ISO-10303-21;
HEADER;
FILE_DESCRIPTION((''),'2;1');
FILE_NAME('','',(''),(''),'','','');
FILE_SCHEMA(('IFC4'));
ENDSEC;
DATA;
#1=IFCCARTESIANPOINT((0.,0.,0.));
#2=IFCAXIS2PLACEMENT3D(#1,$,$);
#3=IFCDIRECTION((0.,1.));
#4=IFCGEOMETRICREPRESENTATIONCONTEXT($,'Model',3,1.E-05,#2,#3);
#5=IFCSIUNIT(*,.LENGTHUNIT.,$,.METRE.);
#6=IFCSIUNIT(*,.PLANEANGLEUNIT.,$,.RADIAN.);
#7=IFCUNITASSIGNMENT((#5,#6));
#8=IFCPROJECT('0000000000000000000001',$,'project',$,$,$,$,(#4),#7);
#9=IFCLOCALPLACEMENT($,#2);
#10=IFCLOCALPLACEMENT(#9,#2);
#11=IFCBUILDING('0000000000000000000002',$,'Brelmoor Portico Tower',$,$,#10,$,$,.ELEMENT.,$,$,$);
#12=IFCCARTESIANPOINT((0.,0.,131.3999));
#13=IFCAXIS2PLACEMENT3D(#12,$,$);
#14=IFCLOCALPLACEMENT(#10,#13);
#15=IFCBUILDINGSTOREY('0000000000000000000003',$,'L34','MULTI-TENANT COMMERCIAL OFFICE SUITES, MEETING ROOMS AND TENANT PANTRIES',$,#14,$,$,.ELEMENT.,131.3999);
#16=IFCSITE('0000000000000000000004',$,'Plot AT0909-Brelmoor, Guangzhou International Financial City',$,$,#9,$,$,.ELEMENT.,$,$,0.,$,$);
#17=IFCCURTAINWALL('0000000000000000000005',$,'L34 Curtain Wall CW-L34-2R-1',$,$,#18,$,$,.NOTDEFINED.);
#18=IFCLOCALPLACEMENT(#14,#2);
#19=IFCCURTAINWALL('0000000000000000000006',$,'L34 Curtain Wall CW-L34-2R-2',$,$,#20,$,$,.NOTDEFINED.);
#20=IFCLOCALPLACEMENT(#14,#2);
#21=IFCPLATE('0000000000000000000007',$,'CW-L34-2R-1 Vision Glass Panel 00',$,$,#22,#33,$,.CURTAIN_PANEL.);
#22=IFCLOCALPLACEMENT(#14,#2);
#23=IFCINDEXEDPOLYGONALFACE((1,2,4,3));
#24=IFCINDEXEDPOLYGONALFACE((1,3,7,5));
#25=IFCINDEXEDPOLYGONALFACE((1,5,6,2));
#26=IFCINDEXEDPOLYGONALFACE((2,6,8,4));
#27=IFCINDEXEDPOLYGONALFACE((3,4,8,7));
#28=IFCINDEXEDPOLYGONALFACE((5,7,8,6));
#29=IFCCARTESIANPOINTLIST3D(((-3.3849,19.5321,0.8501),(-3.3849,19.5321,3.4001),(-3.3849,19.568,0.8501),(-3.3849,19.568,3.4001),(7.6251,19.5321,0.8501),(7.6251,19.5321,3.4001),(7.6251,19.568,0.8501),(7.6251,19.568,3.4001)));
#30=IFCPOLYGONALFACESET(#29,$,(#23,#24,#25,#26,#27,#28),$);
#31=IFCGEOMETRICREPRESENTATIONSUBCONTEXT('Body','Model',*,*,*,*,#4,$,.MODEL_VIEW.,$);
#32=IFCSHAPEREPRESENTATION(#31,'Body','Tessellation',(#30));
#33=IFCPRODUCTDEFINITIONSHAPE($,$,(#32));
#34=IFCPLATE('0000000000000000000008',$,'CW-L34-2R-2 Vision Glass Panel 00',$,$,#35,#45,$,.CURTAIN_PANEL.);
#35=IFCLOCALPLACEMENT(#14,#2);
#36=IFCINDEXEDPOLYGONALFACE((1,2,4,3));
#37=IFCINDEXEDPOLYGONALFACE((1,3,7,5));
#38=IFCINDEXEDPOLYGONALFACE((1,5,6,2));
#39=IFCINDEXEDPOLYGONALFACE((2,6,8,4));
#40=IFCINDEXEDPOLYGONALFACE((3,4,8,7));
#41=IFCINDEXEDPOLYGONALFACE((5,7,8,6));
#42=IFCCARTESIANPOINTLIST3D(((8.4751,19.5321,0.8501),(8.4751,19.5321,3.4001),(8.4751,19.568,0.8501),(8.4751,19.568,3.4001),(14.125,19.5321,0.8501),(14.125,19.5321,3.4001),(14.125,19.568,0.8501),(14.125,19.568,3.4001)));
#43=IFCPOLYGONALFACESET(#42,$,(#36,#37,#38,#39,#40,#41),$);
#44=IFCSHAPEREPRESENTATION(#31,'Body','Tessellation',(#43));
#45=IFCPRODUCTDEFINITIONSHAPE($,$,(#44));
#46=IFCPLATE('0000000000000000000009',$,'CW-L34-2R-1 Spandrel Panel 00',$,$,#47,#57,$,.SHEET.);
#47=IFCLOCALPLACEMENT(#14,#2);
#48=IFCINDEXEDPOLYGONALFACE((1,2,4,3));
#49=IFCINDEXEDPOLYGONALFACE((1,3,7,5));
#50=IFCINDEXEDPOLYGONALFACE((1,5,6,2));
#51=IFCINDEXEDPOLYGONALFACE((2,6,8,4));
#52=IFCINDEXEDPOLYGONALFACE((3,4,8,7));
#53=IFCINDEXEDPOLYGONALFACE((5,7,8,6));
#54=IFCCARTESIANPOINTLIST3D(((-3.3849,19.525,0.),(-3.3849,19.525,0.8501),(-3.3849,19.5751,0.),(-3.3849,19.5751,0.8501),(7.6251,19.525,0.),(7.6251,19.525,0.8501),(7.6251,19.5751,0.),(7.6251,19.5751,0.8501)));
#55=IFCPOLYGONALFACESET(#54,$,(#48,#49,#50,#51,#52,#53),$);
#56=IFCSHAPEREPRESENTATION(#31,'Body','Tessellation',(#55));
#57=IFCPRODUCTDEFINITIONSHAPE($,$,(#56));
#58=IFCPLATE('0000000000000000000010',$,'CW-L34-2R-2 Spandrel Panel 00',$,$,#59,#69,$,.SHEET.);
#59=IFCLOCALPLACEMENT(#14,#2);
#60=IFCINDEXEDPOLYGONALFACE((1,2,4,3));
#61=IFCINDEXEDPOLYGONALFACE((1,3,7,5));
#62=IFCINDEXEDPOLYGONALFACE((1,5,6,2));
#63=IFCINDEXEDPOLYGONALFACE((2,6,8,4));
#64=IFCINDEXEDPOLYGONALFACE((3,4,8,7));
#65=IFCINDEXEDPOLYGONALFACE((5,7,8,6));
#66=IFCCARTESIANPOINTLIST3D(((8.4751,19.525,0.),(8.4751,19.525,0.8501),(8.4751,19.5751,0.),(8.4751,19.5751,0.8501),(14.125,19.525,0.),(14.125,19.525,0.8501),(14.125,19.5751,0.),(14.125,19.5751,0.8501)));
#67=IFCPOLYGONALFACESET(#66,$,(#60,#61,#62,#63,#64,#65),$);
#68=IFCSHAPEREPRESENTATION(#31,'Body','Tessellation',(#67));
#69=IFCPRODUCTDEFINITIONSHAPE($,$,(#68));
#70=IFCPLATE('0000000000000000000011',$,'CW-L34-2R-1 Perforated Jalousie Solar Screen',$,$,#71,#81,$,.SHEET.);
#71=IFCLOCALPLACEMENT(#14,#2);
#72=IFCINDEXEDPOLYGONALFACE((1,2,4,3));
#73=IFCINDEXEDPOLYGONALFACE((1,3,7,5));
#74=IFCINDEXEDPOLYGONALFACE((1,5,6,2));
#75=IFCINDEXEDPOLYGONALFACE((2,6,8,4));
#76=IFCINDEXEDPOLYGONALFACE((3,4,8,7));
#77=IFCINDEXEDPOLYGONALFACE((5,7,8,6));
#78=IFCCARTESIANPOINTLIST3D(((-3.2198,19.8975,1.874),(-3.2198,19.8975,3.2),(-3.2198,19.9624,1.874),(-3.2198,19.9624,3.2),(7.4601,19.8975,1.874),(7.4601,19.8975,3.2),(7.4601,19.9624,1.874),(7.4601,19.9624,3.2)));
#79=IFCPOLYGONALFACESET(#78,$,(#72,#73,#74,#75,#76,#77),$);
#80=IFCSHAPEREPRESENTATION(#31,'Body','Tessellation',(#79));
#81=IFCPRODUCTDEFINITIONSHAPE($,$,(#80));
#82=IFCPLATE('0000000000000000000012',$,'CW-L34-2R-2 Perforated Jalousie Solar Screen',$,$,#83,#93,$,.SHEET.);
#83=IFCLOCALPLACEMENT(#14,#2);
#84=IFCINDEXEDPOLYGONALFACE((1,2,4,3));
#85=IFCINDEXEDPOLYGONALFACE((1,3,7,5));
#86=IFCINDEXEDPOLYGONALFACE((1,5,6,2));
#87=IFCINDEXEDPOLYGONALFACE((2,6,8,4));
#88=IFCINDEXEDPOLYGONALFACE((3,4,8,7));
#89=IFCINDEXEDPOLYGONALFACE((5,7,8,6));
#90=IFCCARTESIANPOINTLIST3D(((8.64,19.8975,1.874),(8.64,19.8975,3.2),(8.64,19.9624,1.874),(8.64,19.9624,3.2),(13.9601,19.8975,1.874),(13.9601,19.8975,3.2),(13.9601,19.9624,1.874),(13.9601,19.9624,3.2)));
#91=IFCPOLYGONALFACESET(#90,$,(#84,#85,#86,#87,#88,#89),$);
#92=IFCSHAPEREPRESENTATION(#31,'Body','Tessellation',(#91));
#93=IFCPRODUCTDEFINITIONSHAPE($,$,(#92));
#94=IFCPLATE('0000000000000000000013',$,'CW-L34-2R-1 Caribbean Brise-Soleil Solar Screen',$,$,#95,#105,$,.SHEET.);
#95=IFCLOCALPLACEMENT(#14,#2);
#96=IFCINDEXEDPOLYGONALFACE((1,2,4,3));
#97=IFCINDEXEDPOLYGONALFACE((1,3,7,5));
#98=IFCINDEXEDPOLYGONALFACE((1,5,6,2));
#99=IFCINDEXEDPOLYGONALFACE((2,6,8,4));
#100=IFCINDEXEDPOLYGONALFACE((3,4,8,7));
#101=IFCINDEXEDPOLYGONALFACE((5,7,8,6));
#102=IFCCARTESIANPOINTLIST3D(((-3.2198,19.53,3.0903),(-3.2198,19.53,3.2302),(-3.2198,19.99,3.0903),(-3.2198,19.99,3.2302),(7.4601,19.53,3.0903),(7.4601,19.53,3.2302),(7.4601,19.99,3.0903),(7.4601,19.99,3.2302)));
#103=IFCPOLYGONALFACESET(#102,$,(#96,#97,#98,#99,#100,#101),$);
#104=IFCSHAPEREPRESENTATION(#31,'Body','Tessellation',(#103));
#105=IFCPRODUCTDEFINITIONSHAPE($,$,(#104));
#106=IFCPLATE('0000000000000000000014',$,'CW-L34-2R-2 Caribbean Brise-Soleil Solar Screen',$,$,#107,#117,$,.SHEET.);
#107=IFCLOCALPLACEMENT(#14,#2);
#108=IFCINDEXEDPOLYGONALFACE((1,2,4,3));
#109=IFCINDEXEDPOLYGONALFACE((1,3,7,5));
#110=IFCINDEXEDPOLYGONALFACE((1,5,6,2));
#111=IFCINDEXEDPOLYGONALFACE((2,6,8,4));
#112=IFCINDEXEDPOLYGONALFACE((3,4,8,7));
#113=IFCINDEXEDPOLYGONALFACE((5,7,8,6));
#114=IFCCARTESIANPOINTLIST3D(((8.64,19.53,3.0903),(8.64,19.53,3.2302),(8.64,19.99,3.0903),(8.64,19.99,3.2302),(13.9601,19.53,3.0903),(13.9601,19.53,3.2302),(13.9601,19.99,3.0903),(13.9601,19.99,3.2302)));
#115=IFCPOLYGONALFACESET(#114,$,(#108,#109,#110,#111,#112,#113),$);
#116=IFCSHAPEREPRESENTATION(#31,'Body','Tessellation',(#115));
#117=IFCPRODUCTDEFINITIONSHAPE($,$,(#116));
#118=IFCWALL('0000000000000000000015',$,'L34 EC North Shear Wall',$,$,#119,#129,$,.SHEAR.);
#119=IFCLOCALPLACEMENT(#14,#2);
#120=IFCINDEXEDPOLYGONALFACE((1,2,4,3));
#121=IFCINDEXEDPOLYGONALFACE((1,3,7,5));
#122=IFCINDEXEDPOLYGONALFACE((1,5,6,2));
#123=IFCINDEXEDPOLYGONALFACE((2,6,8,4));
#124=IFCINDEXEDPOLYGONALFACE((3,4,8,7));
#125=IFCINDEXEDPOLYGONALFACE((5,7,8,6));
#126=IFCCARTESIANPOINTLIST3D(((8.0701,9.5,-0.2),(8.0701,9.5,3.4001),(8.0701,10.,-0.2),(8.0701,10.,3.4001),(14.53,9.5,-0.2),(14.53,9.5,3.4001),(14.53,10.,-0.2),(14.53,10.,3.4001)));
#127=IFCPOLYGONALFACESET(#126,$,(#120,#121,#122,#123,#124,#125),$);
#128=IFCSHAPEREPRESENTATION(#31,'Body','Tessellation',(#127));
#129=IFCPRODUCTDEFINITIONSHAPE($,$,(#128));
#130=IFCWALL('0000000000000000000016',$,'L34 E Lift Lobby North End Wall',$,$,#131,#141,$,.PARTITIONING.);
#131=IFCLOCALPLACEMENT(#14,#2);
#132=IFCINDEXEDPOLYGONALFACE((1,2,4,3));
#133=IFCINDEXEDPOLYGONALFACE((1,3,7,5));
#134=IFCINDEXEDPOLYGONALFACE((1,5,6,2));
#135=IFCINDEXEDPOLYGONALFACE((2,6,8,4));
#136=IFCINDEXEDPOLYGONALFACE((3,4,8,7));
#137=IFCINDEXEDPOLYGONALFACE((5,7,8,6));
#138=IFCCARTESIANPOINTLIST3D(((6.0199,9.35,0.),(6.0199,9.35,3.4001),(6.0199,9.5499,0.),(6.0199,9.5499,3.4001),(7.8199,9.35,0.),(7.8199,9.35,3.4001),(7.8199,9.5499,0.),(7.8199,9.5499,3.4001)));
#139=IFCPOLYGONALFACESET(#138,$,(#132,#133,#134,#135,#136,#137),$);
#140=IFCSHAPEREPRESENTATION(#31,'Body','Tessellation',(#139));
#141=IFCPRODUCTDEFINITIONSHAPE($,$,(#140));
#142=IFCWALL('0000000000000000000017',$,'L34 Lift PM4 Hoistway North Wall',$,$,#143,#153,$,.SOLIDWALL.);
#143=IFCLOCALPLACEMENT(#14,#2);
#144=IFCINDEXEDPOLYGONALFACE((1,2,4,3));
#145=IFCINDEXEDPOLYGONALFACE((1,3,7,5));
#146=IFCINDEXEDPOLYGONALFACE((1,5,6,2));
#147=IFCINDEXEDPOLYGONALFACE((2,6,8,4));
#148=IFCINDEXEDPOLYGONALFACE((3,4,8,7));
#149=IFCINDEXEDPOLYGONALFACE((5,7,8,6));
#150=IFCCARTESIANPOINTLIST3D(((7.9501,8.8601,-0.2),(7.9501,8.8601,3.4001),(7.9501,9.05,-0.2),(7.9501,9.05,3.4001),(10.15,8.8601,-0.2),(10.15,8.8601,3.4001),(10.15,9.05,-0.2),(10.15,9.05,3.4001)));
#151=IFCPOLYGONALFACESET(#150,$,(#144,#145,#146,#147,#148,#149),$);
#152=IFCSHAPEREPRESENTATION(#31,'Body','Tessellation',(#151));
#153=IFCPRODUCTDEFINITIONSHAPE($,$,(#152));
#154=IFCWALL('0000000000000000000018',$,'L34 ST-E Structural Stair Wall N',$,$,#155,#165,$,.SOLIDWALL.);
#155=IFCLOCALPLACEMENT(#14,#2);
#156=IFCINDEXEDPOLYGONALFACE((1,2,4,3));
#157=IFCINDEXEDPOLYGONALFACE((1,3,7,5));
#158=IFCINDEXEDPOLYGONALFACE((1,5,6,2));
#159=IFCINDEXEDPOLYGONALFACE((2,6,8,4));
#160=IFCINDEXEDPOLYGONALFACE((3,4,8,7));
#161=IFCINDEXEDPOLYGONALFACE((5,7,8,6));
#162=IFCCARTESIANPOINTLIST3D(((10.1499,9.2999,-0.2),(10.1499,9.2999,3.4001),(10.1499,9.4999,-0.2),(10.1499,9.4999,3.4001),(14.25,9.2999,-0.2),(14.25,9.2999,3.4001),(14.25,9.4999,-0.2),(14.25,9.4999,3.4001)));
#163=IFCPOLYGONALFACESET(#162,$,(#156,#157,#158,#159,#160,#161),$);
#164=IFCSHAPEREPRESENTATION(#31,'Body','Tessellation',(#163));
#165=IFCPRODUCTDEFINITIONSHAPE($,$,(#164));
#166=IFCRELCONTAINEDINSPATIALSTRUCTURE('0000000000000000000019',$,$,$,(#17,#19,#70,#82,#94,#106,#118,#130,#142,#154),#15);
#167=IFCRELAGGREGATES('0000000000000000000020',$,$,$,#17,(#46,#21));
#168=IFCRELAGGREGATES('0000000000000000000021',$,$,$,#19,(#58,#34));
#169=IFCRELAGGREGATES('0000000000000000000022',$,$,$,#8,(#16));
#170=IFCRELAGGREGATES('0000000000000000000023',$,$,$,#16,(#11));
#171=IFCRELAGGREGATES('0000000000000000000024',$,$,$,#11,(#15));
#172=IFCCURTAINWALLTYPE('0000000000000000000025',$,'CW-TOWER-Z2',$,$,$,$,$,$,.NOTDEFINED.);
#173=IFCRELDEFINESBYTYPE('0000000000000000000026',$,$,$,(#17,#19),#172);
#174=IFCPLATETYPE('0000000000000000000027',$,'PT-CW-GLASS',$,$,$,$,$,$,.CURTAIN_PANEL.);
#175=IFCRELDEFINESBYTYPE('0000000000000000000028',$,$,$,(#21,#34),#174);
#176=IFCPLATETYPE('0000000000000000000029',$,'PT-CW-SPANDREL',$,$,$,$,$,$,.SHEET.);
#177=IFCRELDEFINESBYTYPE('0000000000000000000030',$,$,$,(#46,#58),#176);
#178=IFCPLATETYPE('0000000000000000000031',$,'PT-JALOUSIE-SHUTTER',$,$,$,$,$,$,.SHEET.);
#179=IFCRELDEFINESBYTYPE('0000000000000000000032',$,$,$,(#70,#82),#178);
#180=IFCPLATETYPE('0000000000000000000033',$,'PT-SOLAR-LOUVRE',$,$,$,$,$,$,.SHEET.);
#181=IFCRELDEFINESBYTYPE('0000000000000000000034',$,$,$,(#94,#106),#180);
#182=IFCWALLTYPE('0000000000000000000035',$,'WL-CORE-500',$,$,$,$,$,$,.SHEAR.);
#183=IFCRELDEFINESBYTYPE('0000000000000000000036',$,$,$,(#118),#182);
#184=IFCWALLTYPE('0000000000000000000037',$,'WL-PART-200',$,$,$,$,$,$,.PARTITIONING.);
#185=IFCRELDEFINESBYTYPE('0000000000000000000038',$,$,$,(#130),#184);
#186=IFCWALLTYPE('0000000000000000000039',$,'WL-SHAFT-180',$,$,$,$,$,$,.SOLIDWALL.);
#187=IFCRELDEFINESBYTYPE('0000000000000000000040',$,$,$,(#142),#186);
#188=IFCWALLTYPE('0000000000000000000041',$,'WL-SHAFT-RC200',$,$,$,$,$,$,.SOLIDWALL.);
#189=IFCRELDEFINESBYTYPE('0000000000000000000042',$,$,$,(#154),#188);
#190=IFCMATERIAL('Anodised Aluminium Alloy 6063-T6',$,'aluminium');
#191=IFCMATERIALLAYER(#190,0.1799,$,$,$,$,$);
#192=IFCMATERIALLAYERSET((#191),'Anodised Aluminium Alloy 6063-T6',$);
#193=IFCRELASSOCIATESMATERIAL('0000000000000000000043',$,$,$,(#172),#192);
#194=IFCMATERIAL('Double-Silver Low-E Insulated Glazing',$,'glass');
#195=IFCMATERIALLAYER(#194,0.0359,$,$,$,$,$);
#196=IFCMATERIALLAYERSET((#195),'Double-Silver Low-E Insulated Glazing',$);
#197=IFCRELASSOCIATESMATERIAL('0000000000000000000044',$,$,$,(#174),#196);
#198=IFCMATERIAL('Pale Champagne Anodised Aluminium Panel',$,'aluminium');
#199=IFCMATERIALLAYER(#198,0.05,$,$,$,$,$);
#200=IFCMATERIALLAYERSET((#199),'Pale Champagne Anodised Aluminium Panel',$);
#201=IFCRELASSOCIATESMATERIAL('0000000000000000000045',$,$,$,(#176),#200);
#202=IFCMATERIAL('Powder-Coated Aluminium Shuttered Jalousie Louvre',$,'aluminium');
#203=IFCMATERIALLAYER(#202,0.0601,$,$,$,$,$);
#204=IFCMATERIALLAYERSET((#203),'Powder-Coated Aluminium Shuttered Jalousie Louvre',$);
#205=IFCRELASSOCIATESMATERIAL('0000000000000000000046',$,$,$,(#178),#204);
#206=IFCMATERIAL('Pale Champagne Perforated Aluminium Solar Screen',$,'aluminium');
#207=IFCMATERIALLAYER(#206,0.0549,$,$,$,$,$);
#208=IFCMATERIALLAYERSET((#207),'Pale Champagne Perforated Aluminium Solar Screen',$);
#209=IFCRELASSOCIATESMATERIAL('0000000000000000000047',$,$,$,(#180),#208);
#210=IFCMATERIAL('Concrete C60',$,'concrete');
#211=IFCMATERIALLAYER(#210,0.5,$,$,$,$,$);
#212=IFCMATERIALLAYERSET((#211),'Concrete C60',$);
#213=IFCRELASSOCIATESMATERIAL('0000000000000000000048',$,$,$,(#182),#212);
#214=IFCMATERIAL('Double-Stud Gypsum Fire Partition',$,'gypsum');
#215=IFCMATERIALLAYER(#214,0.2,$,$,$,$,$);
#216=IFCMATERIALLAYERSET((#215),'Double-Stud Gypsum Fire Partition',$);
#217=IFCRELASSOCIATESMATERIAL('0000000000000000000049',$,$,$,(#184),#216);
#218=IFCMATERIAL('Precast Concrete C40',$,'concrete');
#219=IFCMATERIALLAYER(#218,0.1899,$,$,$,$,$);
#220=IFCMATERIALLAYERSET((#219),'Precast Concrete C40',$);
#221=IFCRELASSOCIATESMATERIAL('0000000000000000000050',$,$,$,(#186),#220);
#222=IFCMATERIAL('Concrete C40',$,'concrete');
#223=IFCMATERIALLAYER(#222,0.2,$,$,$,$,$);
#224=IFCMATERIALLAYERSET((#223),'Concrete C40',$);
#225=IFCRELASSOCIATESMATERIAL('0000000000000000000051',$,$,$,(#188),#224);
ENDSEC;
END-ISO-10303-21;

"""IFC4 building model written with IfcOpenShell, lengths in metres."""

from ifc_helpers import new_model, si_unit, direction, frame, frame_2d, origin, origin_2d, place, context, subcontext, project, spatial, rectangle, extrude, material, layer, layer_set, type_object, element, aggregate, save


model = new_model("IFC4")

# Units and contexts
model_context = context("Model", 3, precision=1e-05, world=origin(), true_north=direction((0.0, 1.0)))
body_context = subcontext(model_context, "Body", "Model", "MODEL_VIEW")
ifc_project = project(units=[si_unit("LENGTHUNIT", "METRE"), si_unit("PLANEANGLEUNIT", "RADIAN")], contexts=[model_context])

# Site, building, storey
site_placement = place(None, origin())
site = spatial("IfcSite", under=ifc_project, at=site_placement, Name="Plot AT0909-Brelmoor, Guangzhou International Financial City", CompositionType="ELEMENT", RefElevation=0.0)
building_placement = place(site_placement, origin())
building = spatial("IfcBuilding", under=site, at=building_placement, Name="Brelmoor Portico Tower", CompositionType="ELEMENT")
storey_placement = place(building_placement, frame((0.0, 0.0, 131.3999)))
storey = spatial("IfcBuildingStorey", under=building, at=storey_placement, Name="L34", Description="MULTI-TENANT COMMERCIAL OFFICE SUITES, MEETING ROOMS AND TENANT PANTRIES", CompositionType="ELEMENT", Elevation=131.3999)

# Curtain wall
ifc_material_1 = material(Name="Anodised Aluminium Alloy 6063-T6", Category="aluminium")
ifc_layer_1 = layer(ifc_material_1, 0.1799)
ifc_layer_set_1 = layer_set([ifc_layer_1], Name="Anodised Aluminium Alloy 6063-T6")
curtain_wall_type = type_object("IfcCurtainWallType", Name="CW-TOWER-Z2", PredefinedType="NOTDEFINED", material=ifc_layer_set_1)
curtain_wall_1_placement = place(storey_placement, origin())
curtain_wall_1 = element("IfcCurtainWall", 1, at=curtain_wall_1_placement, inside=storey, type_object=curtain_wall_type, Name="L34 Curtain Wall CW-L34-2R-1", PredefinedType="NOTDEFINED")

# Curtain wall
curtain_wall_2_placement = place(storey_placement, origin())
curtain_wall_2 = element("IfcCurtainWall", 2, at=curtain_wall_2_placement, inside=storey, type_object=curtain_wall_type, Name="L34 Curtain Wall CW-L34-2R-2", PredefinedType="NOTDEFINED")

# Plates
ifc_material_2 = material(Name="Double-Silver Low-E Insulated Glazing", Category="glass")
ifc_layer_2 = layer(ifc_material_2, 0.0359)
ifc_layer_set_2 = layer_set([ifc_layer_2], Name="Double-Silver Low-E Insulated Glazing")
plate_type_1 = type_object("IfcPlateType", Name="PT-CW-GLASS", PredefinedType="CURTAIN_PANEL", material=ifc_layer_set_2)
plate_1_placement = place(storey_placement, frame((2.1201, 19.55, 0.8501), z_axis=(0.0, 0.0, 1.0), x_axis=(1.0, 0.0, 0.0)))
plate_1 = element("IfcPlate", 3, at=plate_1_placement, type_object=plate_type_1, Name="CW-L34-2R-1 Vision Glass Panel 00", PredefinedType="CURTAIN_PANEL", context=body_context, shape_type="SweptSolid", body=[
    extrude(rectangle(XDim=11.01, YDim=0.0359, at=origin_2d()), origin(), (0.0, 0.0, 1.0), 2.55),
])
plate_2_placement = place(storey_placement, frame((11.3, 19.55, 0.8501), z_axis=(0.0, 0.0, 1.0), x_axis=(1.0, 0.0, 0.0)))
plate_2 = element("IfcPlate", 4, at=plate_2_placement, type_object=plate_type_1, Name="CW-L34-2R-2 Vision Glass Panel 00", PredefinedType="CURTAIN_PANEL", context=body_context, shape_type="SweptSolid", body=[
    extrude(rectangle(XDim=5.6499, YDim=0.0359, at=origin_2d()), origin(), (0.0, 0.0, 1.0), 2.55),
])
ifc_material_3 = material(Name="Pale Champagne Anodised Aluminium Panel", Category="aluminium")
ifc_layer_3 = layer(ifc_material_3, 0.05)
ifc_layer_set_3 = layer_set([ifc_layer_3], Name="Pale Champagne Anodised Aluminium Panel")
plate_type_2 = type_object("IfcPlateType", Name="PT-CW-SPANDREL", PredefinedType="SHEET", material=ifc_layer_set_3)
plate_3_placement = place(storey_placement, frame((2.1201, 19.55, 0.0), z_axis=(0.0, 0.0, 1.0), x_axis=(1.0, 0.0, 0.0)))
plate_3 = element("IfcPlate", 5, at=plate_3_placement, type_object=plate_type_2, Name="CW-L34-2R-1 Spandrel Panel 00", PredefinedType="SHEET", context=body_context, shape_type="SweptSolid", body=[
    extrude(rectangle(XDim=11.01, YDim=0.05, at=origin_2d()), origin(), (0.0, 0.0, 1.0), 0.8501),
])
aggregate(curtain_wall_1, [plate_3, plate_1])
plate_4_placement = place(storey_placement, frame((11.3, 19.55, 0.0), z_axis=(0.0, 0.0, 1.0), x_axis=(1.0, 0.0, 0.0)))
plate_4 = element("IfcPlate", 6, at=plate_4_placement, type_object=plate_type_2, Name="CW-L34-2R-2 Spandrel Panel 00", PredefinedType="SHEET", context=body_context, shape_type="SweptSolid", body=[
    extrude(rectangle(XDim=5.6499, YDim=0.05, at=origin_2d()), origin(), (0.0, 0.0, 1.0), 0.8501),
])
aggregate(curtain_wall_2, [plate_4, plate_2])

# Plates
ifc_material_4 = material(Name="Powder-Coated Aluminium Shuttered Jalousie Louvre", Category="aluminium")
ifc_layer_4 = layer(ifc_material_4, 0.0601)
ifc_layer_set_4 = layer_set([ifc_layer_4], Name="Powder-Coated Aluminium Shuttered Jalousie Louvre")
plate_type_3 = type_object("IfcPlateType", Name="PT-JALOUSIE-SHUTTER", PredefinedType="SHEET", material=ifc_layer_set_4)
plate_5_placement = place(storey_placement, frame((2.1201, 19.9299, 1.874), z_axis=(0.0, 0.0, 1.0), x_axis=(1.0, 0.0, 0.0)))
element("IfcPlate", 7, at=plate_5_placement, inside=storey, type_object=plate_type_3, Name="CW-L34-2R-1 Perforated Jalousie Solar Screen", PredefinedType="SHEET", context=body_context, shape_type="SweptSolid", body=[
    extrude(rectangle(XDim=10.6799, YDim=0.0649, at=origin_2d()), origin(), (0.0, 0.0, 1.0), 1.3259),
])
plate_6_placement = place(storey_placement, frame((11.3, 19.9299, 1.874), z_axis=(0.0, 0.0, 1.0), x_axis=(1.0, 0.0, 0.0)))
element("IfcPlate", 8, at=plate_6_placement, inside=storey, type_object=plate_type_3, Name="CW-L34-2R-2 Perforated Jalousie Solar Screen", PredefinedType="SHEET", context=body_context, shape_type="SweptSolid", body=[
    extrude(rectangle(XDim=5.3201, YDim=0.0649, at=origin_2d()), origin(), (0.0, 0.0, 1.0), 1.3259),
])
ifc_material_5 = material(Name="Pale Champagne Perforated Aluminium Solar Screen", Category="aluminium")
ifc_layer_5 = layer(ifc_material_5, 0.0549)
ifc_layer_set_5 = layer_set([ifc_layer_5], Name="Pale Champagne Perforated Aluminium Solar Screen")
plate_type_4 = type_object("IfcPlateType", Name="PT-SOLAR-LOUVRE", PredefinedType="SHEET", material=ifc_layer_set_5)
plate_7_placement = place(storey_placement, frame((2.1201, 19.76, 3.0903), z_axis=(0.0, 0.0, 1.0), x_axis=(1.0, 0.0, 0.0)))
element("IfcPlate", 9, at=plate_7_placement, inside=storey, type_object=plate_type_4, Name="CW-L34-2R-1 Caribbean Brise-Soleil Solar Screen", PredefinedType="SHEET", context=body_context, shape_type="SweptSolid", body=[
    extrude(rectangle(XDim=10.6799, YDim=0.46, at=origin_2d()), origin(), (0.0, 0.0, 1.0), 0.1399),
])
plate_8_placement = place(storey_placement, frame((11.3, 19.76, 3.0903), z_axis=(0.0, 0.0, 1.0), x_axis=(1.0, 0.0, 0.0)))
element("IfcPlate", 10, at=plate_8_placement, inside=storey, type_object=plate_type_4, Name="CW-L34-2R-2 Caribbean Brise-Soleil Solar Screen", PredefinedType="SHEET", context=body_context, shape_type="SweptSolid", body=[
    extrude(rectangle(XDim=5.3201, YDim=0.46, at=origin_2d()), origin(), (0.0, 0.0, 1.0), 0.1399),
])

# Walls
ifc_material_6 = material(Name="Concrete C60", Category="concrete")
ifc_layer_6 = layer(ifc_material_6, 0.5)
ifc_layer_set_6 = layer_set([ifc_layer_6], Name="Concrete C60")
wall_type_1 = type_object("IfcWallType", Name="WL-CORE-500", PredefinedType="SHEAR", material=ifc_layer_set_6)
wall_1_placement = place(storey_placement, frame((8.0701, 9.75, -0.2), z_axis=(0.0, 0.0, 1.0), x_axis=(1.0, 0.0, 0.0)))
element("IfcWall", 11, at=wall_1_placement, inside=storey, type_object=wall_type_1, Name="L34 EC North Shear Wall", PredefinedType="SHEAR", context=body_context, shape_type="SweptSolid", body=[
    extrude(rectangle(XDim=6.46, YDim=0.5, at=frame_2d((3.23, 0.0))), origin(), (0.0, 0.0, 1.0), 3.6001),
])
ifc_material_7 = material(Name="Double-Stud Gypsum Fire Partition", Category="gypsum")
ifc_layer_7 = layer(ifc_material_7, 0.2)
ifc_layer_set_7 = layer_set([ifc_layer_7], Name="Double-Stud Gypsum Fire Partition")
wall_type_2 = type_object("IfcWallType", Name="WL-PART-200", PredefinedType="PARTITIONING", material=ifc_layer_set_7)
wall_2_placement = place(storey_placement, frame((6.02, 9.45, 0.0), z_axis=(0.0, 0.0, 1.0), x_axis=(1.0, 0.0, 0.0)))
element("IfcWall", 12, at=wall_2_placement, inside=storey, type_object=wall_type_2, Name="L34 E Lift Lobby North End Wall", PredefinedType="PARTITIONING", context=body_context, shape_type="SweptSolid", body=[
    extrude(rectangle(XDim=1.8, YDim=0.2, at=frame_2d((0.8999, 0.0))), origin(), (0.0, 0.0, 1.0), 3.4001),
])
ifc_material_8 = material(Name="Precast Concrete C40", Category="concrete")
ifc_layer_8 = layer(ifc_material_8, 0.1899)
ifc_layer_set_8 = layer_set([ifc_layer_8], Name="Precast Concrete C40")
wall_type_3 = type_object("IfcWallType", Name="WL-SHAFT-180", PredefinedType="SOLIDWALL", material=ifc_layer_set_8)
wall_3_placement = place(storey_placement, frame((7.95, 8.9551, -0.2), z_axis=(0.0, 0.0, 1.0), x_axis=(1.0, 0.0, 0.0)))
element("IfcWall", 13, at=wall_3_placement, inside=storey, type_object=wall_type_3, Name="L34 Lift PM4 Hoistway North Wall", PredefinedType="SOLIDWALL", context=body_context, shape_type="SweptSolid", body=[
    extrude(rectangle(XDim=2.2, YDim=0.1899, at=frame_2d((1.1001, 0.0))), origin(), (0.0, 0.0, 1.0), 3.6001),
])
ifc_material_9 = material(Name="Concrete C40", Category="concrete")
ifc_layer_9 = layer(ifc_material_9, 0.2)
ifc_layer_set_9 = layer_set([ifc_layer_9], Name="Concrete C40")
wall_type_4 = type_object("IfcWallType", Name="WL-SHAFT-RC200", PredefinedType="SOLIDWALL", material=ifc_layer_set_9)
wall_4_placement = place(storey_placement, frame((10.1499, 9.3999, -0.2), z_axis=(0.0, 0.0, 1.0), x_axis=(1.0, 0.0, 0.0)))
element("IfcWall", 14, at=wall_4_placement, inside=storey, type_object=wall_type_4, Name="L34 ST-E Structural Stair Wall N", PredefinedType="SOLIDWALL", context=body_context, shape_type="SweptSolid", body=[
    extrude(rectangle(XDim=4.1001, YDim=0.2, at=frame_2d((2.05, 0.0))), origin(), (0.0, 0.0, 1.0), 3.6001),
])

save(model, "model.ifc")
